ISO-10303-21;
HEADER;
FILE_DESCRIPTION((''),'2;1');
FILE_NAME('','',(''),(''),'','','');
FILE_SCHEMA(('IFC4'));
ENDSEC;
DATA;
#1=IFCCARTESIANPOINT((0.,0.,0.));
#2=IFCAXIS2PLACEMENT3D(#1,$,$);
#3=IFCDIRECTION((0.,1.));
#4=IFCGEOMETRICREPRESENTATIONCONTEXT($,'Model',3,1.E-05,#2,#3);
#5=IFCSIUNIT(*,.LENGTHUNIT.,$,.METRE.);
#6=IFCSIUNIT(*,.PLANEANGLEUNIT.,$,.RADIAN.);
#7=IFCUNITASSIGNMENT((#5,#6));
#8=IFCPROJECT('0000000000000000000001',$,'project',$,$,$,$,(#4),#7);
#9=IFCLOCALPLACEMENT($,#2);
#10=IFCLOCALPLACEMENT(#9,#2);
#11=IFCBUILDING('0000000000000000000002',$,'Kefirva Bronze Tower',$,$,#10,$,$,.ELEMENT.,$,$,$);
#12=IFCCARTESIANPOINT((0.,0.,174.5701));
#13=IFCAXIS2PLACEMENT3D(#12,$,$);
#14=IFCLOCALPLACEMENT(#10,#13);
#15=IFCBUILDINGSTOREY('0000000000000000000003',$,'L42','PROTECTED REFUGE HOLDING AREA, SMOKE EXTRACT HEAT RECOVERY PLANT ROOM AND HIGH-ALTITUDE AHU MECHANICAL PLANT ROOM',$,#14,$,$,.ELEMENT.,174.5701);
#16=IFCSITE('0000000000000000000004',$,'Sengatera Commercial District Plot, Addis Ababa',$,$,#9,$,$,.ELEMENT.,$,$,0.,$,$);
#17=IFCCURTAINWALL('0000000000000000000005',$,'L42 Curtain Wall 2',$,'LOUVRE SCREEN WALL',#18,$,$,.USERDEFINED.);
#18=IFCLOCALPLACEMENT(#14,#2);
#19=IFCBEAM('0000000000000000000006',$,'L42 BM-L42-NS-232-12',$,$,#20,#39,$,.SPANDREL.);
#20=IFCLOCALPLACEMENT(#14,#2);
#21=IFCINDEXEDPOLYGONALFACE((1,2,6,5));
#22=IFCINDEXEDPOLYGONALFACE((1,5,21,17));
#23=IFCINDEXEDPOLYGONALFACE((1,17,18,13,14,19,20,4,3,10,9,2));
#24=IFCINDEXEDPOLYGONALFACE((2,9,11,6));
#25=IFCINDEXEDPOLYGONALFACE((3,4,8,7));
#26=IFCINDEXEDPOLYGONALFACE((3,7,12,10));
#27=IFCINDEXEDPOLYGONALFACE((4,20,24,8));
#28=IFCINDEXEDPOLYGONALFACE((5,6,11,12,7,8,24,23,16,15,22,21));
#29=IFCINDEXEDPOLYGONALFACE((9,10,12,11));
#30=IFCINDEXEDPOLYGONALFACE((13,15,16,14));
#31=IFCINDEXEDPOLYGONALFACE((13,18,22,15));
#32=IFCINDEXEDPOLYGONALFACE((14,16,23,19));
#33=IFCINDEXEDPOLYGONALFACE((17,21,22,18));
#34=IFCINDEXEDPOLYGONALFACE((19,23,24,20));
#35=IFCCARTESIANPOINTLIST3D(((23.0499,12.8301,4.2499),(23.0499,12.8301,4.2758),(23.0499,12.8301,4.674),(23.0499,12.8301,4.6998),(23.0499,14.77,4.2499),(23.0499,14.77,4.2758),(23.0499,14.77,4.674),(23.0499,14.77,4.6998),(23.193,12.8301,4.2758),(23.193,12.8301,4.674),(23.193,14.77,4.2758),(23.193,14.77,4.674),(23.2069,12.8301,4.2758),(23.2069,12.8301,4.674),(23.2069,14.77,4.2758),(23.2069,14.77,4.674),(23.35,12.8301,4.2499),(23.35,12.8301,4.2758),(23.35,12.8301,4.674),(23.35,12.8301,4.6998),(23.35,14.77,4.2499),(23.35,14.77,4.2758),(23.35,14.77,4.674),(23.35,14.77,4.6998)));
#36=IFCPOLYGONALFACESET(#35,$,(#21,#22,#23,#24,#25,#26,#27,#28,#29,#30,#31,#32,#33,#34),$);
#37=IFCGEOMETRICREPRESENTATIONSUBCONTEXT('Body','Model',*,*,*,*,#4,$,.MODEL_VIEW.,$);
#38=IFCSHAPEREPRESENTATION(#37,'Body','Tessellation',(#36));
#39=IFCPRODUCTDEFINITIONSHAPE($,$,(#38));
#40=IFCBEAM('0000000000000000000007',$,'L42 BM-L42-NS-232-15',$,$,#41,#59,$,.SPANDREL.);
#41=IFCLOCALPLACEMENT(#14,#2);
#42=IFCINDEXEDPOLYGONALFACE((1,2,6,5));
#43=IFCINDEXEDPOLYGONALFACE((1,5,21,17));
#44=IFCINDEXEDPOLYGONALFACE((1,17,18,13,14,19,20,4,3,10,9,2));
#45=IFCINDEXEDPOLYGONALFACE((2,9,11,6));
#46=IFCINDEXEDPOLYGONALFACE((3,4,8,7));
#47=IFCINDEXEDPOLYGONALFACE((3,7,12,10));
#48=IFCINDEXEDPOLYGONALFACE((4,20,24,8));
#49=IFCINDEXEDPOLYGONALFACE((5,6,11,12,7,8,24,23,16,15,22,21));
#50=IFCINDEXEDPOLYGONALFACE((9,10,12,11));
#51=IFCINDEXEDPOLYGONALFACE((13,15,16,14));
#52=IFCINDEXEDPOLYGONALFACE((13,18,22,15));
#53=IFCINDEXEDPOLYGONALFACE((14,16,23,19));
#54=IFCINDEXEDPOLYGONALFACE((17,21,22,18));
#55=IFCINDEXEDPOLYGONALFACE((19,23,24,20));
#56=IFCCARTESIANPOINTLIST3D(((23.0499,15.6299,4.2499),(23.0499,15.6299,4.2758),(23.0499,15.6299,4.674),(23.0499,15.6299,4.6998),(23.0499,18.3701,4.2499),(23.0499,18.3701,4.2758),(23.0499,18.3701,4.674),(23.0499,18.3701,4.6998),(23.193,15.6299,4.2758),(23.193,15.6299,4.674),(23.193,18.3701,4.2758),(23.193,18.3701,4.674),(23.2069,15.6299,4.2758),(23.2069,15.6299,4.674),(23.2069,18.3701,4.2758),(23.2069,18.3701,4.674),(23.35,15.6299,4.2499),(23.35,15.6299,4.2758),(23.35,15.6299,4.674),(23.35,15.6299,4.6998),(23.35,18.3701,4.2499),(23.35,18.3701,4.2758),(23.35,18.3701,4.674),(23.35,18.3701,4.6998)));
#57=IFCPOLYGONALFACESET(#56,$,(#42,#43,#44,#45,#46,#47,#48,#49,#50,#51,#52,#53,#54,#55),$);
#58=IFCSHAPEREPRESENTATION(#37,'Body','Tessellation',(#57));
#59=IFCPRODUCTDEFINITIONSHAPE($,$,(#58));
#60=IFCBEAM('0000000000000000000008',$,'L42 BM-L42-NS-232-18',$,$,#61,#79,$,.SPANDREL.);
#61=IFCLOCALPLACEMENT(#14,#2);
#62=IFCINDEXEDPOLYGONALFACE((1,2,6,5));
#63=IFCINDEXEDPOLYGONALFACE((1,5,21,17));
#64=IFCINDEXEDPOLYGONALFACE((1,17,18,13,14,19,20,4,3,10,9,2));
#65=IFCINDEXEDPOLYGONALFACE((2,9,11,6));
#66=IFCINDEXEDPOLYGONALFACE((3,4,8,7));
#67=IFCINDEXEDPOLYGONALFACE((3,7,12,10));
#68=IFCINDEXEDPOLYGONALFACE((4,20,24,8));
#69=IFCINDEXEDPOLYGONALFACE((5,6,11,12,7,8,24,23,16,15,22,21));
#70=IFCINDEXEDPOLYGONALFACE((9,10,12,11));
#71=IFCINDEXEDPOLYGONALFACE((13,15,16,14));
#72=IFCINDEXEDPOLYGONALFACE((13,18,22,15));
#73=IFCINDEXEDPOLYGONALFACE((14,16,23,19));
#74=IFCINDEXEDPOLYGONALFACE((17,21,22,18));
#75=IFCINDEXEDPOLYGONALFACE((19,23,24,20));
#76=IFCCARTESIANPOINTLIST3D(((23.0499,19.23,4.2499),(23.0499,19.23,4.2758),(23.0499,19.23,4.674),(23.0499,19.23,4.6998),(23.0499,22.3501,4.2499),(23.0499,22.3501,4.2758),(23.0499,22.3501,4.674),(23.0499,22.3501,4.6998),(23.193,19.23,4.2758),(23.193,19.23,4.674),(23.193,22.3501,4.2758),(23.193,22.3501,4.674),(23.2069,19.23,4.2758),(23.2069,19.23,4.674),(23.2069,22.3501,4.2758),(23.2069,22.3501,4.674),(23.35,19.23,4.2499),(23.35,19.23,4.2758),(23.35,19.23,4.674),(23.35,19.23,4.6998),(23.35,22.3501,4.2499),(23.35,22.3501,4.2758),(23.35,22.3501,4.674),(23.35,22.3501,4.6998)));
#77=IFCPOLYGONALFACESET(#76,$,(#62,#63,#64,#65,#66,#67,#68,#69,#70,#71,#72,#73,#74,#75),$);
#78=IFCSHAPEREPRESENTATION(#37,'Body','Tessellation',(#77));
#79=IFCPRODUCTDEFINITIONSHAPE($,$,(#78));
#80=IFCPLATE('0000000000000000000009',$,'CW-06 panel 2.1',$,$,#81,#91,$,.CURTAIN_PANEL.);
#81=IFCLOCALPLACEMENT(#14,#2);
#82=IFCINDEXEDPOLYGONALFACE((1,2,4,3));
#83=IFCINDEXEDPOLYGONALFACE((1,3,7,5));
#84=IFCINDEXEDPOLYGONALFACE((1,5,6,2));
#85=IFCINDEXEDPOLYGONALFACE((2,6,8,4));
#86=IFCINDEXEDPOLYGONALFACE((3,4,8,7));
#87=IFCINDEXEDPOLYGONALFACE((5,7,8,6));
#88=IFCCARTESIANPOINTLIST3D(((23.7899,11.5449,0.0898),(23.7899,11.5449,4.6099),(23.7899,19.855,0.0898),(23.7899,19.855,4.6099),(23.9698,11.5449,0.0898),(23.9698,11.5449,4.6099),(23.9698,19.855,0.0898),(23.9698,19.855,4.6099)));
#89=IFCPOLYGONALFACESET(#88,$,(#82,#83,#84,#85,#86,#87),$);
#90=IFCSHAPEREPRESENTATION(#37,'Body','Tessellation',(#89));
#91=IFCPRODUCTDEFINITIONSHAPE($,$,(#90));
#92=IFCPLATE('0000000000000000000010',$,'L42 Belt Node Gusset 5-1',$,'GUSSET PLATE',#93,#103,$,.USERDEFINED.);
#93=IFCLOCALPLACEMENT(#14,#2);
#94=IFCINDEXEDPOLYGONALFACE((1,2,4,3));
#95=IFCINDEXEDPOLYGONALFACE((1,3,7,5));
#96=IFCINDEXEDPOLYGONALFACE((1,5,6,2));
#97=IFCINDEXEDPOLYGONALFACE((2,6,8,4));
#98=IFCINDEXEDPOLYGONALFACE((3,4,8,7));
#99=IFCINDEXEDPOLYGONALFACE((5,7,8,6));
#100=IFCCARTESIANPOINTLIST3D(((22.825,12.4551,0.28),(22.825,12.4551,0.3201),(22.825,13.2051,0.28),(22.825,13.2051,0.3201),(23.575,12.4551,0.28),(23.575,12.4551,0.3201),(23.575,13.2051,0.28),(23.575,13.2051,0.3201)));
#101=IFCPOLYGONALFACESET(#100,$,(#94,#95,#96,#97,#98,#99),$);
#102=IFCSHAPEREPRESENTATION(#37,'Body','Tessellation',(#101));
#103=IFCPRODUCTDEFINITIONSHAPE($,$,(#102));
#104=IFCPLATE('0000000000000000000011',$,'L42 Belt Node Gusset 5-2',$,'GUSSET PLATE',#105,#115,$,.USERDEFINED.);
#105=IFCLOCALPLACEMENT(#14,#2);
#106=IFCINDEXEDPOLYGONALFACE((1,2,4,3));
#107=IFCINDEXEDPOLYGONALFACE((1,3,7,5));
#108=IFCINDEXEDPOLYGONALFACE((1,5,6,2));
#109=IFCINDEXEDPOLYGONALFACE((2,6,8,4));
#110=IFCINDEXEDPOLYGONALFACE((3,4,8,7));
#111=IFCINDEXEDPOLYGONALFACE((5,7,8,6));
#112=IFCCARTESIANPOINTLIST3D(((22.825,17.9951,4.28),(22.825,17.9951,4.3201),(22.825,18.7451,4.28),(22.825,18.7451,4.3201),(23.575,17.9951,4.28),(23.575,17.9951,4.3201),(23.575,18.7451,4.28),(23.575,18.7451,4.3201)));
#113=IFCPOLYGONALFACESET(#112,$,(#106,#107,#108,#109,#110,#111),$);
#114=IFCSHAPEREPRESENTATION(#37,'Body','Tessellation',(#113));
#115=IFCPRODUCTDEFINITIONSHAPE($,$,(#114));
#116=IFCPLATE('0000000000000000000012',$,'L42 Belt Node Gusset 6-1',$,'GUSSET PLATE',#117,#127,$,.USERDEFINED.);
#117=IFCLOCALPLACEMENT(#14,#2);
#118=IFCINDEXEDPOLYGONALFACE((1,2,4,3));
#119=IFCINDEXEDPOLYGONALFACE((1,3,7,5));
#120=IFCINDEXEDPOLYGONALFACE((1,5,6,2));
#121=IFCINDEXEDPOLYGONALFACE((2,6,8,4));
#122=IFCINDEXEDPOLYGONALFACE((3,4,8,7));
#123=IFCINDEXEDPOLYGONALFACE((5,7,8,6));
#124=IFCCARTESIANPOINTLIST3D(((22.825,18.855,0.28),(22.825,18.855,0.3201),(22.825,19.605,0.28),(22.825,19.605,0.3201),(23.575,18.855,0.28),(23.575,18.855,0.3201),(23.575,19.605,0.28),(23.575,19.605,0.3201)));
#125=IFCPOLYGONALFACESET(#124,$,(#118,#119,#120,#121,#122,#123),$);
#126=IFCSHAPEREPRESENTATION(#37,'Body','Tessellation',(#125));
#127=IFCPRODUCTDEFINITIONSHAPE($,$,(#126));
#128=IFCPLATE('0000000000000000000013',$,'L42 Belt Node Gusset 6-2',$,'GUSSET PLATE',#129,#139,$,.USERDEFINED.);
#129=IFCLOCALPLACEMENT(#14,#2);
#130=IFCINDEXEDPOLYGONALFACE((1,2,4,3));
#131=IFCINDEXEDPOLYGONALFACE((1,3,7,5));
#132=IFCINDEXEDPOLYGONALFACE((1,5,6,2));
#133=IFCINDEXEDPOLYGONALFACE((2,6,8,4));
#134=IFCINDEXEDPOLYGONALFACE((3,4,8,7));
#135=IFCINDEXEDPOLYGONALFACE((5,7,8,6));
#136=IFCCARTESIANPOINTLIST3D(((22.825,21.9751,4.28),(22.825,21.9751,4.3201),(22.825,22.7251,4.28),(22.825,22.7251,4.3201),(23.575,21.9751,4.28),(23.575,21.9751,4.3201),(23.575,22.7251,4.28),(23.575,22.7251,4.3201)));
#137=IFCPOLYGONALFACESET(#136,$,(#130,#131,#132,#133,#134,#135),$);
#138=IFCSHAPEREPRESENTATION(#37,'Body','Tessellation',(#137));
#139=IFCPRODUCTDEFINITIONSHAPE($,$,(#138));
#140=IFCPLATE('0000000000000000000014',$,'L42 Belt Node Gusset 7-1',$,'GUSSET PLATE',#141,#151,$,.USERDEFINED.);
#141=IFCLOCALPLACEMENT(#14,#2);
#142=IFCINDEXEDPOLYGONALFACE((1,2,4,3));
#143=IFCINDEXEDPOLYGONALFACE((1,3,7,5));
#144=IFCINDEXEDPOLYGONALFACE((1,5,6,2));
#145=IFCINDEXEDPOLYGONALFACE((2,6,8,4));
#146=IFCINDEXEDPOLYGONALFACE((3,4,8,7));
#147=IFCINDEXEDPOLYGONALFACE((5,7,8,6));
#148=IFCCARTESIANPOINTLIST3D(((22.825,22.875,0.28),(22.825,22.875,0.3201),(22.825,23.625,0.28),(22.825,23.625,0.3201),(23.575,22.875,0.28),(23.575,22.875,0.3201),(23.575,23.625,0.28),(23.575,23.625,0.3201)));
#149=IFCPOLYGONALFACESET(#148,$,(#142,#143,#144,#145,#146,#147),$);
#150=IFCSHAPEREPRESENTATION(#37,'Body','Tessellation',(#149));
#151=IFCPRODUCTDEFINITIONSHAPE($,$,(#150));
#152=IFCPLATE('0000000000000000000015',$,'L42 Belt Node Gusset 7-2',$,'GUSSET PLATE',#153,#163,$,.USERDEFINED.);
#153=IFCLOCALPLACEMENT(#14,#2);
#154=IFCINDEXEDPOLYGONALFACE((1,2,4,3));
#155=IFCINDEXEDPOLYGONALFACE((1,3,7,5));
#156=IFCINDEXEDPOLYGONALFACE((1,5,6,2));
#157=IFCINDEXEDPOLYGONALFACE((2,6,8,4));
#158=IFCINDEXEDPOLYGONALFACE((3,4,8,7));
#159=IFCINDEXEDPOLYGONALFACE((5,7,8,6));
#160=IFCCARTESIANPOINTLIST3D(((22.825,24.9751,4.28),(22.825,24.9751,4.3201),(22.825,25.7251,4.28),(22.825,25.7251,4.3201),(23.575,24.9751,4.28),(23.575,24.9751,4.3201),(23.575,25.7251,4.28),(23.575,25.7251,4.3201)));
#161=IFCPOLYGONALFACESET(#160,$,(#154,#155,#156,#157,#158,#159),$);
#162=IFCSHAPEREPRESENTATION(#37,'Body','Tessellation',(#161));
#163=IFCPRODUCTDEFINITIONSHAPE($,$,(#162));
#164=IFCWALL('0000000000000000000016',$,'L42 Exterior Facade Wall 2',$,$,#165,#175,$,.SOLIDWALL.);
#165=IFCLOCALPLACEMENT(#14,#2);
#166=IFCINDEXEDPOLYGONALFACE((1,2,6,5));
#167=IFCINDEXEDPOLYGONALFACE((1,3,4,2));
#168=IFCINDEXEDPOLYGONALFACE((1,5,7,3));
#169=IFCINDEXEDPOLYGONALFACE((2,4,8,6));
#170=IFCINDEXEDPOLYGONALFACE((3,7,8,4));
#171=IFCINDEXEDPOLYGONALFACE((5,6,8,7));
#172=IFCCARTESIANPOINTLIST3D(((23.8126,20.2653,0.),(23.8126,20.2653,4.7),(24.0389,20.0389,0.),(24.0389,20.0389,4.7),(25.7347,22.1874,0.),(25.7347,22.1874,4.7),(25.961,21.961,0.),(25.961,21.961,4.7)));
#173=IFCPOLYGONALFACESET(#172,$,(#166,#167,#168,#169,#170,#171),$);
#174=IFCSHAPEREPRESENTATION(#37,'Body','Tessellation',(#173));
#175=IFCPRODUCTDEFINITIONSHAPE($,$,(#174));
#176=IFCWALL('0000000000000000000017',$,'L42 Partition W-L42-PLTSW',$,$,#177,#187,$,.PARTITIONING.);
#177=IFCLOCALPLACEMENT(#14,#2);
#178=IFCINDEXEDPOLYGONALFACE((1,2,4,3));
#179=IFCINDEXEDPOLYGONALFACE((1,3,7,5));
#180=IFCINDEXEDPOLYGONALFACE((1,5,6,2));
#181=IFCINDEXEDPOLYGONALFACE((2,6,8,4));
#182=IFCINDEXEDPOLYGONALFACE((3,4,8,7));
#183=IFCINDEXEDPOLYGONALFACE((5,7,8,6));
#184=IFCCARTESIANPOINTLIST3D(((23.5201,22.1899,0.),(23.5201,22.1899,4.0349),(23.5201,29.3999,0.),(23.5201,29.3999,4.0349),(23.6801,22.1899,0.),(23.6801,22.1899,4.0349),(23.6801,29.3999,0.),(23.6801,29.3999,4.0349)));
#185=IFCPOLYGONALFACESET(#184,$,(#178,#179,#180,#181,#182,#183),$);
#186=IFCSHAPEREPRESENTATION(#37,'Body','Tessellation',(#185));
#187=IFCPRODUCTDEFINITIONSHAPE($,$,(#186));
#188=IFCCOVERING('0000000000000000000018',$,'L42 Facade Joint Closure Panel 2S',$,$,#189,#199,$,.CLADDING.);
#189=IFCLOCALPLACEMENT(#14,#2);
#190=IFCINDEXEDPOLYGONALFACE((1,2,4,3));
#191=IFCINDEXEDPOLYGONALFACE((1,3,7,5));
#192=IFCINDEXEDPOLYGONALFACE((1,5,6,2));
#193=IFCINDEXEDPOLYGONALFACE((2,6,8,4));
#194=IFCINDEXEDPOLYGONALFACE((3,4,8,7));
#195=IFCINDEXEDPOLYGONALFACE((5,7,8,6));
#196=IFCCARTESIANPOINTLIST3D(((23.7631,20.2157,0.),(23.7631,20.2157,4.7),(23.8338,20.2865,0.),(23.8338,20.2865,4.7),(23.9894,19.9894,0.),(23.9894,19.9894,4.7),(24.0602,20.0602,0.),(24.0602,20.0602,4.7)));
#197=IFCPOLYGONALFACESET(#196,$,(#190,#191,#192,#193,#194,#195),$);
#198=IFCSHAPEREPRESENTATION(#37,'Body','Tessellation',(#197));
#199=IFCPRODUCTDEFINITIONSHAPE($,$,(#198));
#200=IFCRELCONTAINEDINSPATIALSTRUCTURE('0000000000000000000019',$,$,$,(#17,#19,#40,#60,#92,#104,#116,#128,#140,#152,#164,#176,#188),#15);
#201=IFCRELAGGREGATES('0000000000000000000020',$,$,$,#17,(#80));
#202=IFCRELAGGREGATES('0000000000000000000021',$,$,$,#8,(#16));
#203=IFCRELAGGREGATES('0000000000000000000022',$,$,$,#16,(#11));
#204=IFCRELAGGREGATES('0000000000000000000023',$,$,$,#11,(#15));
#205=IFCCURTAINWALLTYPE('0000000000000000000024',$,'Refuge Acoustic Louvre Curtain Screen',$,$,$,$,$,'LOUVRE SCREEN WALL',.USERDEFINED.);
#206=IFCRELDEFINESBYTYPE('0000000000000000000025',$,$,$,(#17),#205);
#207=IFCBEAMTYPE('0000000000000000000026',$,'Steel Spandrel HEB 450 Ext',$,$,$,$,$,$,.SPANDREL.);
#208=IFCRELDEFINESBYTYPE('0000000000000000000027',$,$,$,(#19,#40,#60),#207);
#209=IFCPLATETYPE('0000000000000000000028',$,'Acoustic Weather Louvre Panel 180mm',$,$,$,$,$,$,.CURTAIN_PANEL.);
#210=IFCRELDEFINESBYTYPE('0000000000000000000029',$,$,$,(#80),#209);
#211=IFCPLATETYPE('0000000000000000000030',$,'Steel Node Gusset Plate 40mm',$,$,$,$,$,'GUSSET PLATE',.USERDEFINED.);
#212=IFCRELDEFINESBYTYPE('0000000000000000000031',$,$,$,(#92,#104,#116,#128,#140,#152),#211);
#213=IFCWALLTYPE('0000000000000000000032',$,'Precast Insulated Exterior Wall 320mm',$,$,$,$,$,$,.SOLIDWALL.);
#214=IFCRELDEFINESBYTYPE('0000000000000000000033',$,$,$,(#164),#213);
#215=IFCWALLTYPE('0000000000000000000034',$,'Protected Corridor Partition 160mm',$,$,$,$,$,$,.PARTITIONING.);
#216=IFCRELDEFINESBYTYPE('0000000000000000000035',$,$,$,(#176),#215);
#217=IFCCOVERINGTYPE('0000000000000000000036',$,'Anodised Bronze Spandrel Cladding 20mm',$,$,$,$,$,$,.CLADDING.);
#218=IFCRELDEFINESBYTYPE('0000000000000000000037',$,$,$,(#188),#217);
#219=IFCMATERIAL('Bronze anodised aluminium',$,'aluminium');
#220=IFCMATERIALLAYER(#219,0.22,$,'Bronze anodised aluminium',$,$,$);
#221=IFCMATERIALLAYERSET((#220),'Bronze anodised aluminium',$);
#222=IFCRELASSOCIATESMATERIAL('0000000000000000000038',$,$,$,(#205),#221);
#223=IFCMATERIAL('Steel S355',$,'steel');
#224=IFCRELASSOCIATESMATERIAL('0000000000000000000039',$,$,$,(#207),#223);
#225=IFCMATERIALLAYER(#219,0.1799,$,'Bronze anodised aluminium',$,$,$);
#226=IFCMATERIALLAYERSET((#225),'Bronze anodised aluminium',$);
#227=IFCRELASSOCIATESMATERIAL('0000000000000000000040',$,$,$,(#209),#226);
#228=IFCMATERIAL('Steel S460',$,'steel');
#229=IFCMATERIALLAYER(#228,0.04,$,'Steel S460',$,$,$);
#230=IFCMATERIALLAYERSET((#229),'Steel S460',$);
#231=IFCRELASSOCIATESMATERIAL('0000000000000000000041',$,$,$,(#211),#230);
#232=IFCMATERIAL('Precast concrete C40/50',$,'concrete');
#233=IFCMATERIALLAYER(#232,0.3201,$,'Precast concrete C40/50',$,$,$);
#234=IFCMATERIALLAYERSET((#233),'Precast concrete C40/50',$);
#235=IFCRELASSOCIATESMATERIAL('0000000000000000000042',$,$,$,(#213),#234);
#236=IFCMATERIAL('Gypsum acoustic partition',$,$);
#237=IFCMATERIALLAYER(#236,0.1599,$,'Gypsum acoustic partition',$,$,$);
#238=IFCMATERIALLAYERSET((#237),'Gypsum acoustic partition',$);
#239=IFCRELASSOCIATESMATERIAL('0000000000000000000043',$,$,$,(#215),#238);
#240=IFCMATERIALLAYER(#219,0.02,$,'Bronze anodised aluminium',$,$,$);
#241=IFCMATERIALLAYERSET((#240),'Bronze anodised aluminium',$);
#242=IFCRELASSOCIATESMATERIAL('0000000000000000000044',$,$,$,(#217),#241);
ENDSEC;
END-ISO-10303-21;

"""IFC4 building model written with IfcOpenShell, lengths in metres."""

from ifc_helpers import new_model, si_unit, direction, frame, frame_2d, origin, origin_2d, place, context, subcontext, project, spatial, rectangle, i_section, extrude, material, layer, layer_set, material_profile, profile_set, type_object, element, aggregate, save


model = new_model("IFC4")

# Units and contexts
model_context = context("Model", 3, precision=1e-05, world=origin(), true_north=direction((0.0, 1.0)))
body_context = subcontext(model_context, "Body", "Model", "MODEL_VIEW")
ifc_project = project(units=[si_unit("LENGTHUNIT", "METRE"), si_unit("PLANEANGLEUNIT", "RADIAN")], contexts=[model_context])

# Site, building, storey
site_placement = place(None, origin())
site = spatial("IfcSite", under=ifc_project, at=site_placement, Name="Sengatera Commercial District Plot, Addis Ababa", CompositionType="ELEMENT", RefElevation=0.0)
building_placement = place(site_placement, origin())
building = spatial("IfcBuilding", under=site, at=building_placement, Name="Kefirva Bronze Tower", CompositionType="ELEMENT")
storey_placement = place(building_placement, frame((0.0, 0.0, 174.5701)))
storey = spatial("IfcBuildingStorey", under=building, at=storey_placement, Name="L42", Description="PROTECTED REFUGE HOLDING AREA, SMOKE EXTRACT HEAT RECOVERY PLANT ROOM AND HIGH-ALTITUDE AHU MECHANICAL PLANT ROOM", CompositionType="ELEMENT", Elevation=174.5701)

# Curtain wall
ifc_material_1 = material(Name="Bronze anodised aluminium", Category="aluminium")
ifc_layer_1 = layer(ifc_material_1, 0.22, Name="Bronze anodised aluminium")
ifc_layer_set_1 = layer_set([ifc_layer_1], Name="Bronze anodised aluminium")
curtain_wall_type = type_object("IfcCurtainWallType", Name="Refuge Acoustic Louvre Curtain Screen", ElementType="LOUVRE SCREEN WALL", PredefinedType="USERDEFINED", material=ifc_layer_set_1)
curtain_wall_placement = place(storey_placement, origin())
curtain_wall = element("IfcCurtainWall", 1, at=curtain_wall_placement, inside=storey, type_object=curtain_wall_type, Name="L42 Curtain Wall 2", ObjectType="LOUVRE SCREEN WALL", PredefinedType="USERDEFINED")

# Shared definitions
ifc_material_2 = material(Name="Steel S460", Category="steel")

# Beams
ifc_material_3 = material(Name="Steel S355", Category="steel")
ifc_material_profile_1 = material_profile(ifc_material_3, i_section(OverallWidth=0.3, OverallDepth=0.45, WebThickness=0.0139, FlangeThickness=0.0259, at=origin_2d()), Name="HEB 450")
ifc_profile_set_1 = profile_set([ifc_material_profile_1], Name="Steel S355")
beam_type_1 = type_object("IfcBeamType", Name="Steel Spandrel HEB 450 Ext", PredefinedType="SPANDREL", material=ifc_profile_set_1)
beam_1_placement = place(storey_placement, frame((23.2, 12.8301, 4.4749), z_axis=(0.0, 1.0, 0.0), x_axis=(-1.0, 0.0, 0.0)))
element("IfcBeam", 2, at=beam_1_placement, inside=storey, type_object=beam_type_1, Name="L42 BM-L42-NS-232-12", PredefinedType="SPANDREL", context=body_context, shape_type="SweptSolid", body=[
    extrude(i_section(OverallWidth=0.3, OverallDepth=0.45, WebThickness=0.0139, FlangeThickness=0.0259, at=origin_2d()), origin(), (0.0, 0.0, 1.0), 1.9399),
])
beam_2_placement = place(storey_placement, frame((23.2, 15.6299, 4.4749), z_axis=(0.0, 1.0, 0.0), x_axis=(-1.0, 0.0, 0.0)))
element("IfcBeam", 3, at=beam_2_placement, inside=storey, type_object=beam_type_1, Name="L42 BM-L42-NS-232-15", PredefinedType="SPANDREL", context=body_context, shape_type="SweptSolid", body=[
    extrude(i_section(OverallWidth=0.3, OverallDepth=0.45, WebThickness=0.0139, FlangeThickness=0.0259, at=origin_2d()), origin(), (0.0, 0.0, 1.0), 2.7402),
])
beam_3_placement = place(storey_placement, frame((23.2, 19.23, 4.4749), z_axis=(0.0, 1.0, 0.0), x_axis=(-1.0, 0.0, 0.0)))
element("IfcBeam", 4, at=beam_3_placement, inside=storey, type_object=beam_type_1, Name="L42 BM-L42-NS-232-18", PredefinedType="SPANDREL", context=body_context, shape_type="SweptSolid", body=[
    extrude(i_section(OverallWidth=0.3, OverallDepth=0.45, WebThickness=0.0139, FlangeThickness=0.0259, at=origin_2d()), origin(), (0.0, 0.0, 1.0), 3.1201),
])

# Plate
ifc_layer_2 = layer(ifc_material_1, 0.1799, Name="Bronze anodised aluminium")
ifc_layer_set_2 = layer_set([ifc_layer_2], Name="Bronze anodised aluminium")
plate_type_1 = type_object("IfcPlateType", Name="Acoustic Weather Louvre Panel 180mm", PredefinedType="CURTAIN_PANEL", material=ifc_layer_set_2)
plate_placement = place(storey_placement, frame((23.8799, 15.7, 0.0898), z_axis=(0.0, 0.0, 1.0), x_axis=(0.0, 1.0, 0.0)))
plate = element("IfcPlate", 5, at=plate_placement, type_object=plate_type_1, Name="CW-06 panel 2.1", PredefinedType="CURTAIN_PANEL", context=body_context, shape_type="SweptSolid", body=[
    extrude(rectangle(XDim=8.3101, YDim=0.1799, at=origin_2d()), origin(), (0.0, 0.0, 1.0), 4.52),
])
aggregate(curtain_wall, [plate])

# Plates
ifc_layer_3 = layer(ifc_material_2, 0.04, Name="Steel S460")
ifc_layer_set_3 = layer_set([ifc_layer_3], Name="Steel S460")
plate_type_2 = type_object("IfcPlateType", Name="Steel Node Gusset Plate 40mm", ElementType="GUSSET PLATE", PredefinedType="USERDEFINED", material=ifc_layer_set_3)
for number, where, z_axis, x_axis, name in (
    (6, (23.2, 12.8301, 0.28), (0.0, 0.0, 1.0), (1.0, 0.0, 0.0), "L42 Belt Node Gusset 5-1"),
    (7, (23.2, 18.3701, 4.28), (0.0, 0.0, 1.0), (1.0, 0.0, 0.0), "L42 Belt Node Gusset 5-2"),
    (8, (23.2, 19.23, 0.28), (0.0, 0.0, 1.0), (1.0, 0.0, 0.0), "L42 Belt Node Gusset 6-1"),
    (9, (23.2, 22.3501, 4.28), (0.0, 0.0, 1.0), (1.0, 0.0, 0.0), "L42 Belt Node Gusset 6-2"),
    (10, (23.2, 23.25, 0.28), (0.0, 0.0, 1.0), (1.0, 0.0, 0.0), "L42 Belt Node Gusset 7-1"),
    (11, (23.2, 25.3501, 4.28), (0.0, 0.0, 1.0), (1.0, 0.0, 0.0), "L42 Belt Node Gusset 7-2"),
):
    element("IfcPlate", number, at=place(storey_placement, frame(where, z_axis=z_axis, x_axis=x_axis)), inside=storey, type_object=plate_type_2, Name=name, ObjectType="GUSSET PLATE", PredefinedType="USERDEFINED", context=body_context, shape_type="SweptSolid", body=[
        extrude(rectangle(XDim=0.75, YDim=0.75, at=origin_2d()), origin(), (0.0, 0.0, 1.0), 0.04),
    ])

# Walls
ifc_material_4 = material(Name="Precast concrete C40/50", Category="concrete")
ifc_layer_4 = layer(ifc_material_4, 0.3201, Name="Precast concrete C40/50")
ifc_layer_set_4 = layer_set([ifc_layer_4], Name="Precast concrete C40/50")
wall_type_1 = type_object("IfcWallType", Name="Precast Insulated Exterior Wall 320mm", PredefinedType="SOLIDWALL", material=ifc_layer_set_4)
wall_1_placement = place(storey_placement, frame((23.9258, 20.1521, 0.0), z_axis=(0.0, 0.0, 1.0), x_axis=(0.707107, 0.707107, 0.0)))
element("IfcWall", 12, at=wall_1_placement, inside=storey, type_object=wall_type_1, Name="L42 Exterior Facade Wall 2", PredefinedType="SOLIDWALL", context=body_context, shape_type="SweptSolid", body=[
    extrude(rectangle(XDim=2.7183, YDim=0.3201, at=frame_2d((1.3591, 0.0))), origin(), (0.0, 0.0, 1.0), 4.7),
])
ifc_material_5 = material(Name="Gypsum acoustic partition")
ifc_layer_5 = layer(ifc_material_5, 0.1599, Name="Gypsum acoustic partition")
ifc_layer_set_5 = layer_set([ifc_layer_5], Name="Gypsum acoustic partition")
wall_type_2 = type_object("IfcWallType", Name="Protected Corridor Partition 160mm", PredefinedType="PARTITIONING", material=ifc_layer_set_5)
wall_2_placement = place(storey_placement, frame((23.6001, 22.1899, 0.0), z_axis=(0.0, 0.0, 1.0), x_axis=(0.0, 1.0, 0.0)))
element("IfcWall", 13, at=wall_2_placement, inside=storey, type_object=wall_type_2, Name="L42 Partition W-L42-PLTSW", PredefinedType="PARTITIONING", context=body_context, shape_type="SweptSolid", body=[
    extrude(rectangle(XDim=7.21, YDim=0.1599, at=frame_2d((3.605, 0.0))), origin(), (0.0, 0.0, 1.0), 4.0349),
])

# Covering
ifc_layer_6 = layer(ifc_material_1, 0.02, Name="Bronze anodised aluminium")
ifc_layer_set_6 = layer_set([ifc_layer_6], Name="Bronze anodised aluminium")
covering_type_1 = type_object("IfcCoveringType", Name="Anodised Bronze Spandrel Cladding 20mm", PredefinedType="CLADDING", material=ifc_layer_set_6)
covering_1_placement = place(storey_placement, frame((23.9116, 20.1379, 0.0), z_axis=(0.0, 0.0, 1.0), x_axis=(0.707107, 0.707107, 0.0)))
element("IfcCovering", 14, at=covering_1_placement, inside=storey, type_object=covering_type_1, Name="L42 Facade Joint Closure Panel 2S", PredefinedType="CLADDING", context=body_context, shape_type="SweptSolid", body=[
    extrude(rectangle(XDim=0.1001, YDim=0.3201, at=origin_2d()), origin(), (0.0, 0.0, 1.0), 4.7),
])

save(model, "model.ifc")
